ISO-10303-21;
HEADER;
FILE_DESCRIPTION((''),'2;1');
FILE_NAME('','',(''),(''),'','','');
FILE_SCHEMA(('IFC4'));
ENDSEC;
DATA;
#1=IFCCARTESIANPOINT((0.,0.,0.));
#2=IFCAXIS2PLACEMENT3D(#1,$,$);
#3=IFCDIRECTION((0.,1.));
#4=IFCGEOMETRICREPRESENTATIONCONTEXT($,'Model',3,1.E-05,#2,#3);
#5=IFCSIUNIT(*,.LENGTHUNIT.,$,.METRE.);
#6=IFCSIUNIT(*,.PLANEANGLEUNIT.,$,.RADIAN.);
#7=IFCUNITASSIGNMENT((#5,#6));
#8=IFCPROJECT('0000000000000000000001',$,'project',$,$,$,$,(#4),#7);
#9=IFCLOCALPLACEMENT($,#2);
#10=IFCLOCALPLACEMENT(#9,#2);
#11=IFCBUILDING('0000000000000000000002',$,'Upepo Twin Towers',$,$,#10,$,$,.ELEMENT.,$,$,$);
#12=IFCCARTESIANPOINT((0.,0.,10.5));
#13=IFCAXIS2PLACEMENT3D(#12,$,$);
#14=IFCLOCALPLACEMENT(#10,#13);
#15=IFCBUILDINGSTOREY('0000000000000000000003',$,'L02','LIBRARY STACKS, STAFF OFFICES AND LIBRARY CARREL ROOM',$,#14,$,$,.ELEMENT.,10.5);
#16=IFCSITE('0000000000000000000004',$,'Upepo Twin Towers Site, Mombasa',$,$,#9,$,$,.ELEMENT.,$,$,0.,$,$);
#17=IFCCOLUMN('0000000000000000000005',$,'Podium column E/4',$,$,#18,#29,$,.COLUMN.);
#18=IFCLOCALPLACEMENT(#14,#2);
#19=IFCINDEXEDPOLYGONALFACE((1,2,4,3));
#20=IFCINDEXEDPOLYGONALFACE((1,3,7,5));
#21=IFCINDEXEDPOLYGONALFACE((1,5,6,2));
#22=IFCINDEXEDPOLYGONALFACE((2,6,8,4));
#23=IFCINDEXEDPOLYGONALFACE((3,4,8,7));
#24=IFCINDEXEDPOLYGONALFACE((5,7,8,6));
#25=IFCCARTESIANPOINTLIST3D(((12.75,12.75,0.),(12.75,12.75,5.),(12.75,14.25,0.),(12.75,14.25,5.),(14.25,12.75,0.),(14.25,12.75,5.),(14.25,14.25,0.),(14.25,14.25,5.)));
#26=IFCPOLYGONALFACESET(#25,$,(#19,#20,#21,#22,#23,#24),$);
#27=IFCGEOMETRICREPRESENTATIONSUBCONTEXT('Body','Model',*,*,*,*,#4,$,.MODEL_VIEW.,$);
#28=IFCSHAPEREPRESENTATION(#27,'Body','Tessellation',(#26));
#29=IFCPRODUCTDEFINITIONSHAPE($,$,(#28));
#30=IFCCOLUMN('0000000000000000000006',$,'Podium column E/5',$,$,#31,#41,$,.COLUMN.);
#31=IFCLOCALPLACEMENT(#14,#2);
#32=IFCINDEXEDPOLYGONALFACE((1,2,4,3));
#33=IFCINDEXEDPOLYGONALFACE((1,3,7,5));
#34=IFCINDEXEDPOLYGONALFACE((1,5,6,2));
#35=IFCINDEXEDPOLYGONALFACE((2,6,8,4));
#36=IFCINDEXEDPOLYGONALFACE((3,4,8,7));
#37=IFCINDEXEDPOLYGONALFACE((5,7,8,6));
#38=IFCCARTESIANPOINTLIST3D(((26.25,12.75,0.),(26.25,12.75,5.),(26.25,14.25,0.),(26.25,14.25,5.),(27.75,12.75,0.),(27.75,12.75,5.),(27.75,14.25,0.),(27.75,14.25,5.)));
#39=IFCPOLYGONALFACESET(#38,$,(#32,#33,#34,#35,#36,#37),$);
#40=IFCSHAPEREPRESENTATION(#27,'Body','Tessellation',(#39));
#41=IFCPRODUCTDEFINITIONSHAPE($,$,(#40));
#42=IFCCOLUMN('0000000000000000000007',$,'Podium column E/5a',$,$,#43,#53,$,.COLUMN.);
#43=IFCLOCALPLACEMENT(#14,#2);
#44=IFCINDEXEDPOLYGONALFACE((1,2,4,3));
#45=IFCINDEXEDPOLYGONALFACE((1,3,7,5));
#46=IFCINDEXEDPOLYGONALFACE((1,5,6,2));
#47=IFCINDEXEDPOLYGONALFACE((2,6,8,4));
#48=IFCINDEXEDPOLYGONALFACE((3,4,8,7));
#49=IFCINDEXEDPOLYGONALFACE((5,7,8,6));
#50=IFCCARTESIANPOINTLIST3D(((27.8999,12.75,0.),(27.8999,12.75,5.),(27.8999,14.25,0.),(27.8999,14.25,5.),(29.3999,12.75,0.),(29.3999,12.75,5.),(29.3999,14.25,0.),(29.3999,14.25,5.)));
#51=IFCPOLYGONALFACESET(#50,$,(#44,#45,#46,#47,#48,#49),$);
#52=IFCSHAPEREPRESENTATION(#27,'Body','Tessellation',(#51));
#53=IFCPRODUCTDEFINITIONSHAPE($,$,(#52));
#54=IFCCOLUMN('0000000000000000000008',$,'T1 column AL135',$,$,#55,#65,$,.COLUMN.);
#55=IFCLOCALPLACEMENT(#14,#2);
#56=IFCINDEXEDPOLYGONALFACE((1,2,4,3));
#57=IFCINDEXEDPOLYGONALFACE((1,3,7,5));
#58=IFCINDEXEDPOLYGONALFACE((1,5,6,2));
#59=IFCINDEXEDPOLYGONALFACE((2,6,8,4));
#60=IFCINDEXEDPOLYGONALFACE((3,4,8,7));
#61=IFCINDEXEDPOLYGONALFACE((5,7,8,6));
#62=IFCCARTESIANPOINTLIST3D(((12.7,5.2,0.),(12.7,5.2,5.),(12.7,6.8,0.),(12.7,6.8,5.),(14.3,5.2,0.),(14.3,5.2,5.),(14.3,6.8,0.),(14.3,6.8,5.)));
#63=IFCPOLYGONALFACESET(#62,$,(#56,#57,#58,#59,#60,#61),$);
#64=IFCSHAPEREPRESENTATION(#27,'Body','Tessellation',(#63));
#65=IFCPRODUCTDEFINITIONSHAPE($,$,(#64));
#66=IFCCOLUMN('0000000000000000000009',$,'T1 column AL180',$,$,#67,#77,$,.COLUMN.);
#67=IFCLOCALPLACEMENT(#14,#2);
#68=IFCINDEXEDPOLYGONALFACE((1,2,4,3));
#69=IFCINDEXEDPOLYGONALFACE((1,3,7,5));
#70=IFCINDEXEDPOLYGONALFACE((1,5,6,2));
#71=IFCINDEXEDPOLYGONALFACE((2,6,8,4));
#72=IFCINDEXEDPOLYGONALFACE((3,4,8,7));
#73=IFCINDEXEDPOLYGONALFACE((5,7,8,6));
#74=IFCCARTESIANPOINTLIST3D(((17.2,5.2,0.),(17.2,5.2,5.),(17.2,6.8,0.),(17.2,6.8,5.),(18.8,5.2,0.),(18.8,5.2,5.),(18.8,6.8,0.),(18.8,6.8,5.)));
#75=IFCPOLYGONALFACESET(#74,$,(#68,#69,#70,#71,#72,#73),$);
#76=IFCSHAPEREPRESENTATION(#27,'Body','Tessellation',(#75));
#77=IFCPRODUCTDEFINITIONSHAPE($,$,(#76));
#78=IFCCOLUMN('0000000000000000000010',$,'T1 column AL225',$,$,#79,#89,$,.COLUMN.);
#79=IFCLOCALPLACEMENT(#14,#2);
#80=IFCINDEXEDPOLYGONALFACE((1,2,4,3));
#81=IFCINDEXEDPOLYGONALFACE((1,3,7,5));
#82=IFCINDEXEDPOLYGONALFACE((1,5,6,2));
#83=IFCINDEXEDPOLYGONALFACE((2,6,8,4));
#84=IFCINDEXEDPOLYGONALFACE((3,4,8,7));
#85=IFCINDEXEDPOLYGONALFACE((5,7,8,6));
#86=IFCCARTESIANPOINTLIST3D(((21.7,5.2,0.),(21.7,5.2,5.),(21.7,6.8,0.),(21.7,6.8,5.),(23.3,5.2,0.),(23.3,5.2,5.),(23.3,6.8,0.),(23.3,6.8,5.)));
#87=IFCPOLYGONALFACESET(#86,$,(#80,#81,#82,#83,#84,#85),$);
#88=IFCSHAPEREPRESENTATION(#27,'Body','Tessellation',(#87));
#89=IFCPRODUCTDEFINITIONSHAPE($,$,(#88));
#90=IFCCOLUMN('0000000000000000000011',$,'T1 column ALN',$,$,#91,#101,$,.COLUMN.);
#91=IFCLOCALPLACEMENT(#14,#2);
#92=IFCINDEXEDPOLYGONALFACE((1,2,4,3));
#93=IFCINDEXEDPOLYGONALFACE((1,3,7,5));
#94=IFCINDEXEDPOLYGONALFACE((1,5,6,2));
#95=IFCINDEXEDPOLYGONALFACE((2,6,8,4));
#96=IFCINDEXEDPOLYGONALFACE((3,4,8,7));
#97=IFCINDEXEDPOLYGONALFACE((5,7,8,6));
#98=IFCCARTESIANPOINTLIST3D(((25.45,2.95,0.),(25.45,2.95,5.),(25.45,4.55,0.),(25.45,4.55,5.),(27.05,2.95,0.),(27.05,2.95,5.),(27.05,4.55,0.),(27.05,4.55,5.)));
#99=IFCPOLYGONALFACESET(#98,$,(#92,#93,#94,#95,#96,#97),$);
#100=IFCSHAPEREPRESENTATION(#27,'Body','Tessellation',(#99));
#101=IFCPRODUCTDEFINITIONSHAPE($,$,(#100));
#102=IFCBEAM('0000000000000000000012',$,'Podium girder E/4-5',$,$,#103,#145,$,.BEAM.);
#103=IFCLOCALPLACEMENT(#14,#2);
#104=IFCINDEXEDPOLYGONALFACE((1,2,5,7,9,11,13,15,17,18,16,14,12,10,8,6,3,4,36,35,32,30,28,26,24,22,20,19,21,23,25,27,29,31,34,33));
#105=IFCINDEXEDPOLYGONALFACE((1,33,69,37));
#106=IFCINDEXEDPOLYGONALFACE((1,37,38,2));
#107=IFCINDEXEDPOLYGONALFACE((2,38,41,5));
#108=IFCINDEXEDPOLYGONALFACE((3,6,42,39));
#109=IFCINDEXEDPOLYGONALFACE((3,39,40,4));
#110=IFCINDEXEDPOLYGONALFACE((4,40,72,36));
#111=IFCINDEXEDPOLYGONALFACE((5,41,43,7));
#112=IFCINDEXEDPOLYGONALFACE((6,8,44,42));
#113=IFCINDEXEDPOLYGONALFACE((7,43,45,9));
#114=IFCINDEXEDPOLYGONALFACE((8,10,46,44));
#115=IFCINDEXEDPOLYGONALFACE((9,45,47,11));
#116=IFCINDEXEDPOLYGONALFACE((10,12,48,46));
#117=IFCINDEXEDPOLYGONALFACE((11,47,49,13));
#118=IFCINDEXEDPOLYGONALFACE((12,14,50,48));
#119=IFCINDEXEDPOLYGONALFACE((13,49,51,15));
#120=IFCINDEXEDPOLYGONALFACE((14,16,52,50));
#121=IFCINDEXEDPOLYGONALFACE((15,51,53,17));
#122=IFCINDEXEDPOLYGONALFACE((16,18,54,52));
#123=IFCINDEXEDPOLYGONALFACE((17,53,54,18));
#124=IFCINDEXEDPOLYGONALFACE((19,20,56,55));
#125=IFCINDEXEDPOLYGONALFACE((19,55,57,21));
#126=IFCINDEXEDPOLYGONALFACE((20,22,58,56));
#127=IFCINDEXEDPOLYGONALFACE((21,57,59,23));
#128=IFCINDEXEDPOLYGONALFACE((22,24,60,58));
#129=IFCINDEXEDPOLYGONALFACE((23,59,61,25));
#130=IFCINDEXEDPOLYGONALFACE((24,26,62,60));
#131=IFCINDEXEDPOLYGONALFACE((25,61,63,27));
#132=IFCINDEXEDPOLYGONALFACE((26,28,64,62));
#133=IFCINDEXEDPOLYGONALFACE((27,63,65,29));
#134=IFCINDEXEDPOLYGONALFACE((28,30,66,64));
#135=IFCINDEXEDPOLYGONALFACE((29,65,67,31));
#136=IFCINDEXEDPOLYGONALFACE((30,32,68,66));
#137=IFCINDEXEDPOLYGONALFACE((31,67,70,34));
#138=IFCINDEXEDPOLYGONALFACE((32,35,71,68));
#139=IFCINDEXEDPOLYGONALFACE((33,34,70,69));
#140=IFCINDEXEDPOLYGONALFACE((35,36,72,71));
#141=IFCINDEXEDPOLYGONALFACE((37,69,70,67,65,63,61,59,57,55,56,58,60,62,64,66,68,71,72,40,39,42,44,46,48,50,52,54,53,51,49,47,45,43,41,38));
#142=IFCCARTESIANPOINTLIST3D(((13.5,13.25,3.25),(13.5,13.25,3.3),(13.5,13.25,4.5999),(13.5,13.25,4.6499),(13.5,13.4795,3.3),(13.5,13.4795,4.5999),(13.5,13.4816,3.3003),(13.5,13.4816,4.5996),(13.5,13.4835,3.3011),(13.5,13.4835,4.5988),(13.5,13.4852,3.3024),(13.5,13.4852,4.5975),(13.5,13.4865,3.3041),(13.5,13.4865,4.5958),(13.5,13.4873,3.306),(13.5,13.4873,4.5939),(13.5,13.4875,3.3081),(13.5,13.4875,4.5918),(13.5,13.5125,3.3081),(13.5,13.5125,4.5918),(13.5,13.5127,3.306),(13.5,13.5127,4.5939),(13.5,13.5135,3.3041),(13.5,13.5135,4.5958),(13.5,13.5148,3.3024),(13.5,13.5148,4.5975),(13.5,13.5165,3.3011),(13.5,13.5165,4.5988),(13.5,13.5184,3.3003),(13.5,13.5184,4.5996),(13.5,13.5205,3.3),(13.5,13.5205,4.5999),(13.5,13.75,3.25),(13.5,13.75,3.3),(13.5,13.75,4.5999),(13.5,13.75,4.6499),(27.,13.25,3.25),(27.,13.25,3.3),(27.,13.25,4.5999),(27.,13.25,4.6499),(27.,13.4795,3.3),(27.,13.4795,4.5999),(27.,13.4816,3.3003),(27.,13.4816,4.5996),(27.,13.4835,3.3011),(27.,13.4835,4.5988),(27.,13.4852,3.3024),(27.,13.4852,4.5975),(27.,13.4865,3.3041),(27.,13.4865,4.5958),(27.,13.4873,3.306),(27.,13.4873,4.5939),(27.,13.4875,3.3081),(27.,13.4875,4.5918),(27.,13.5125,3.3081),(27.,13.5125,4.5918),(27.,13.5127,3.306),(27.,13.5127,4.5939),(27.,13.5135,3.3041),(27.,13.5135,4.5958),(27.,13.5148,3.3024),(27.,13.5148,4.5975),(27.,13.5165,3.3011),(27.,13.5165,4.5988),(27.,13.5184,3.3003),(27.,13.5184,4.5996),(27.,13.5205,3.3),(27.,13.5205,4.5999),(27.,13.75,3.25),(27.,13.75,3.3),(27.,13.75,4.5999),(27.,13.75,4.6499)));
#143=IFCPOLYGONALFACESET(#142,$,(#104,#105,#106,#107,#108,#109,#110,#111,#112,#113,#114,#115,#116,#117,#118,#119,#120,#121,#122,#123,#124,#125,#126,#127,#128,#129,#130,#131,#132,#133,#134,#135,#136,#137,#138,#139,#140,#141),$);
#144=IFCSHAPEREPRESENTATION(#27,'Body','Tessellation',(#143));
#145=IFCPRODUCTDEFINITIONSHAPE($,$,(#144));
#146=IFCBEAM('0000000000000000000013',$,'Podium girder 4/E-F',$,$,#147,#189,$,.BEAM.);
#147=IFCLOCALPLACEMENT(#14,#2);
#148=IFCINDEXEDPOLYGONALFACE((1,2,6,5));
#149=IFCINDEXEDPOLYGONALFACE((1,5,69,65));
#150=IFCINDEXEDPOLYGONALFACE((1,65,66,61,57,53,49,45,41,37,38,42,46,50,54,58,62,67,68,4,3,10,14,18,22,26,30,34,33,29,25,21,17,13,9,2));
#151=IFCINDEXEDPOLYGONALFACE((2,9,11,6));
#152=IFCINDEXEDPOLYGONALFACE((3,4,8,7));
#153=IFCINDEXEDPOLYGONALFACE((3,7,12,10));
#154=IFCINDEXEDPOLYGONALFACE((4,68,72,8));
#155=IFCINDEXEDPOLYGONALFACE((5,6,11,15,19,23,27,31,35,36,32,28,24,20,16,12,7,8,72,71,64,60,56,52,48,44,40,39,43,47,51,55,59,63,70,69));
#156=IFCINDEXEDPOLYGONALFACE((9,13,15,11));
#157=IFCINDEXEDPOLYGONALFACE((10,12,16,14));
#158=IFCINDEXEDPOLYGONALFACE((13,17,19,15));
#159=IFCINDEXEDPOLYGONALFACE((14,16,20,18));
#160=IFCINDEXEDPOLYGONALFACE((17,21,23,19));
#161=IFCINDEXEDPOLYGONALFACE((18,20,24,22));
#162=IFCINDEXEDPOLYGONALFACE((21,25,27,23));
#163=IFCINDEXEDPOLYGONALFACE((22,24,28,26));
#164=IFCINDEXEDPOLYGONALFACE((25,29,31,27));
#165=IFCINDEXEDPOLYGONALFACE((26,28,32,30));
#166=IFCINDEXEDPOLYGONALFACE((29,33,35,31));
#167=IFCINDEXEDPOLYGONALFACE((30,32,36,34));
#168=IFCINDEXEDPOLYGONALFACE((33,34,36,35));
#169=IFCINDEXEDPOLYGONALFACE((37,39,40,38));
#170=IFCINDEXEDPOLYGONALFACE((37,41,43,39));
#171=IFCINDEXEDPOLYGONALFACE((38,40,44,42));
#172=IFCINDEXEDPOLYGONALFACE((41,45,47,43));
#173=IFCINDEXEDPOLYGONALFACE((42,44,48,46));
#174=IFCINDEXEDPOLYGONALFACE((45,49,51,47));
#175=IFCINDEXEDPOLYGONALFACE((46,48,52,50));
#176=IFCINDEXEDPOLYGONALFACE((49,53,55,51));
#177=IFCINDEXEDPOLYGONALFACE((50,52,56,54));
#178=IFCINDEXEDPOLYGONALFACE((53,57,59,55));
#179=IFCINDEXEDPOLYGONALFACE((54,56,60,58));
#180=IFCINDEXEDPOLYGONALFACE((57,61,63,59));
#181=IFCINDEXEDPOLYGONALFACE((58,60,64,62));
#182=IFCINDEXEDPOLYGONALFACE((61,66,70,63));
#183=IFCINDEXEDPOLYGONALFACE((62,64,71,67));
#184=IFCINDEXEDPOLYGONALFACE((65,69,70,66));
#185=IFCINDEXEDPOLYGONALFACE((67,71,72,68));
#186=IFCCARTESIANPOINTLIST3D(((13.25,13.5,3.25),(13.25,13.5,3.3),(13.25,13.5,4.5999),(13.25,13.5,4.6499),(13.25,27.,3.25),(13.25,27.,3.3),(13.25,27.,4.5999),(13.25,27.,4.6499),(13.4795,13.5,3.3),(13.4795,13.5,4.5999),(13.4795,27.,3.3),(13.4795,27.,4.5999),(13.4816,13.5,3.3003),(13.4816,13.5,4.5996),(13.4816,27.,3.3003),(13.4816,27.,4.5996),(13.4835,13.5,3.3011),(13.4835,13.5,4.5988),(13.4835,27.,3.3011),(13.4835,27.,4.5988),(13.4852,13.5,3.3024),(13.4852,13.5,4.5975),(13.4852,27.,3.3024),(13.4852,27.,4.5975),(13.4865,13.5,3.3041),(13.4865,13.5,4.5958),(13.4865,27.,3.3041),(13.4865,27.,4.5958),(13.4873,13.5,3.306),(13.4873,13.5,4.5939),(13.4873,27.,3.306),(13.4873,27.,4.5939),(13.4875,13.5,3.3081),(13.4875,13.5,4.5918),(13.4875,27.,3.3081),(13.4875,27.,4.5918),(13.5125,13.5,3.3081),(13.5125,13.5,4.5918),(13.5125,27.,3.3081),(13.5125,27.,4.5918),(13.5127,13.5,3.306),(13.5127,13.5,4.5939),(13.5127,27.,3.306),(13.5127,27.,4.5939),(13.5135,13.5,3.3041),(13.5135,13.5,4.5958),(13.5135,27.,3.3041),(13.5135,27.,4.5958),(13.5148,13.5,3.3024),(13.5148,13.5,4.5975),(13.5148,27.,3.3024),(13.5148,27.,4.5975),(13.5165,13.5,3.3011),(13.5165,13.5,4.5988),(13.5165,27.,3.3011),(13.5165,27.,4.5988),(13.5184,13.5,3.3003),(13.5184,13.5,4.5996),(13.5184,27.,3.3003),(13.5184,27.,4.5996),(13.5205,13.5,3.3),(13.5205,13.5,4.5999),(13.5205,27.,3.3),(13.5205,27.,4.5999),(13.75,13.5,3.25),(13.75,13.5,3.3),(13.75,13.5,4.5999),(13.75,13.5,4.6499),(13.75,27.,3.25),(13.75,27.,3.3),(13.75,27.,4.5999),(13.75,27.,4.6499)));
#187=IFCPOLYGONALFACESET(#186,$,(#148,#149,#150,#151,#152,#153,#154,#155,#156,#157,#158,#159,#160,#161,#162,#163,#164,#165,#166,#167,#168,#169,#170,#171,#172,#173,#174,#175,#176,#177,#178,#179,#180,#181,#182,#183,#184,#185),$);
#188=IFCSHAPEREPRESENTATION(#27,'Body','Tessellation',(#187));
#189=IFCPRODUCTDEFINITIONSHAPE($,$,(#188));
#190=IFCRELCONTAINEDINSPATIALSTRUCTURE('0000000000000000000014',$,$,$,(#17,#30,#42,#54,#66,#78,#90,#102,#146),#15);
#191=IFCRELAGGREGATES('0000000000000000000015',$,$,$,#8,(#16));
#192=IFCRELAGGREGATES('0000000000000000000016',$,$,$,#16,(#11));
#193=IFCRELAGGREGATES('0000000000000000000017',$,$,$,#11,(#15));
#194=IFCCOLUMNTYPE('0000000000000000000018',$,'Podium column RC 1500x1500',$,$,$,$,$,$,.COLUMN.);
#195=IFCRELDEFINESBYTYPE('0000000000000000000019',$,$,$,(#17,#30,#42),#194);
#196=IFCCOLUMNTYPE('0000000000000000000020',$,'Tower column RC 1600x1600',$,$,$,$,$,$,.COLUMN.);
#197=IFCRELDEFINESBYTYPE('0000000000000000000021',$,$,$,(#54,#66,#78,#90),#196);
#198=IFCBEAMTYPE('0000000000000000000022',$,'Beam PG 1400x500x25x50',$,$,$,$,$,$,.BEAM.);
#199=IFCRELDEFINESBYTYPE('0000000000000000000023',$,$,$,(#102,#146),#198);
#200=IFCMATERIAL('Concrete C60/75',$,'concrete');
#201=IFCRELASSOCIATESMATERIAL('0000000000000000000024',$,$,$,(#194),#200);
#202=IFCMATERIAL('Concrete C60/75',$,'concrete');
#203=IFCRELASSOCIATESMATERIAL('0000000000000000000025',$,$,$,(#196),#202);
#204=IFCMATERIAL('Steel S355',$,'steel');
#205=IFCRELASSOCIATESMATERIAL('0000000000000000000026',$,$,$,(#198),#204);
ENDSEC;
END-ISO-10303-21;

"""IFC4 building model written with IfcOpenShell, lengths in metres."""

from ifc_helpers import new_model, si_unit, direction, frame, origin, origin_2d, place, context, subcontext, project, spatial, rectangle, i_section, extrude, material, material_profile, profile_set, type_object, element, save


model = new_model("IFC4")

# Units and contexts
model_context = context("Model", 3, precision=1e-05, world=origin(), true_north=direction((0.0, 1.0)))
body_context = subcontext(model_context, "Body", "Model", "MODEL_VIEW")
ifc_project = project(units=[si_unit("LENGTHUNIT", "METRE"), si_unit("PLANEANGLEUNIT", "RADIAN")], contexts=[model_context])

# Site, building, storey
site_placement = place(None, origin())
site = spatial("IfcSite", under=ifc_project, at=site_placement, Name="Upepo Twin Towers Site, Mombasa", CompositionType="ELEMENT", RefElevation=0.0)
building_placement = place(site_placement, origin())
building = spatial("IfcBuilding", under=site, at=building_placement, Name="Upepo Twin Towers", CompositionType="ELEMENT")
storey_placement = place(building_placement, frame((0.0, 0.0, 10.5)))
storey = spatial("IfcBuildingStorey", under=building, at=storey_placement, Name="L02", Description="LIBRARY STACKS, STAFF OFFICES AND LIBRARY CARREL ROOM", CompositionType="ELEMENT", Elevation=10.5)

# Columns
ifc_material_1 = material(Name="Concrete C60/75", Category="concrete")
ifc_material_profile_1 = material_profile(ifc_material_1, rectangle(XDim=1.5, YDim=1.5, at=origin_2d()), Name="RC 1500x1500")
ifc_profile_set_1 = profile_set([ifc_material_profile_1], Name="Concrete C60/75")
column_type_1 = type_object("IfcColumnType", Name="Podium column RC 1500x1500", PredefinedType="COLUMN", material=ifc_profile_set_1)
for number, where, z_axis, x_axis, name in (
    (1, (13.5, 13.5, 0.0), (0.0, 0.0, 1.0), (1.0, 0.0, 0.0), "Podium column E/4"),
    (2, (27.0, 13.5, 0.0), (0.0, 0.0, 1.0), (1.0, 0.0, 0.0), "Podium column E/5"),
    (3, (28.6499, 13.5, 0.0), (0.0, 0.0, 1.0), (1.0, 0.0, 0.0), "Podium column E/5a"),
):
    element("IfcColumn", number, at=place(storey_placement, frame(where, z_axis=z_axis, x_axis=x_axis)), inside=storey, type_object=column_type_1, Name=name, PredefinedType="COLUMN", context=body_context, shape_type="SweptSolid", body=[
        extrude(rectangle(XDim=1.5, YDim=1.5, at=origin_2d()), origin(), (0.0, 0.0, 1.0), 5.0),
    ])
ifc_material_2 = material(Name="Concrete C60/75", Category="concrete")
ifc_material_profile_2 = material_profile(ifc_material_2, rectangle(XDim=1.6001, YDim=1.6001, at=origin_2d()), Name="RC 1600x1600")
ifc_profile_set_2 = profile_set([ifc_material_profile_2], Name="Concrete C60/75")
column_type_2 = type_object("IfcColumnType", Name="Tower column RC 1600x1600", PredefinedType="COLUMN", material=ifc_profile_set_2)
for number, where, z_axis, x_axis, name in (
    (4, (13.5, 6.0, 0.0), (0.0, 0.0, 1.0), (1.0, 0.0, 0.0), "T1 column AL135"),
    (5, (18.0, 6.0, 0.0), (0.0, 0.0, 1.0), (1.0, 0.0, 0.0), "T1 column AL180"),
    (6, (22.5, 6.0, 0.0), (0.0, 0.0, 1.0), (1.0, 0.0, 0.0), "T1 column AL225"),
    (7, (26.25, 3.75, 0.0), (0.0, 0.0, 1.0), (1.0, 0.0, 0.0), "T1 column ALN"),
):
    element("IfcColumn", number, at=place(storey_placement, frame(where, z_axis=z_axis, x_axis=x_axis)), inside=storey, type_object=column_type_2, Name=name, PredefinedType="COLUMN", context=body_context, shape_type="SweptSolid", body=[
        extrude(rectangle(XDim=1.6001, YDim=1.6001, at=origin_2d()), origin(), (0.0, 0.0, 1.0), 5.0),
    ])

# Beams
ifc_material_3 = material(Name="Steel S355", Category="steel")
ifc_material_profile_3 = material_profile(ifc_material_3, i_section(OverallWidth=0.5, OverallDepth=1.3999, WebThickness=0.0249, FlangeThickness=0.05, FilletRadius=0.0081, at=origin_2d()), Name="PG 1400x500x25x50")
ifc_profile_set_3 = profile_set([ifc_material_profile_3], Name="Steel S355")
beam_type_1 = type_object("IfcBeamType", Name="Beam PG 1400x500x25x50", PredefinedType="BEAM", material=ifc_profile_set_3)
for number, where, z_axis, x_axis, name in (
    (8, (13.5, 13.5, 3.95), (1.0, 0.0, 0.0), (0.0, 1.0, 0.0), "Podium girder E/4-5"),
    (9, (13.5, 13.5, 3.95), (0.0, 1.0, 0.0), (-1.0, 0.0, 0.0), "Podium girder 4/E-F"),
):
    element("IfcBeam", number, at=place(storey_placement, frame(where, z_axis=z_axis, x_axis=x_axis)), inside=storey, type_object=beam_type_1, Name=name, PredefinedType="BEAM", context=body_context, shape_type="SweptSolid", body=[
        extrude(i_section(OverallWidth=0.5, OverallDepth=1.3999, WebThickness=0.0249, FlangeThickness=0.05, FilletRadius=0.0081, at=origin_2d()), origin(), (0.0, 0.0, 1.0), 13.5),
    ])

save(model, "model.ifc")
